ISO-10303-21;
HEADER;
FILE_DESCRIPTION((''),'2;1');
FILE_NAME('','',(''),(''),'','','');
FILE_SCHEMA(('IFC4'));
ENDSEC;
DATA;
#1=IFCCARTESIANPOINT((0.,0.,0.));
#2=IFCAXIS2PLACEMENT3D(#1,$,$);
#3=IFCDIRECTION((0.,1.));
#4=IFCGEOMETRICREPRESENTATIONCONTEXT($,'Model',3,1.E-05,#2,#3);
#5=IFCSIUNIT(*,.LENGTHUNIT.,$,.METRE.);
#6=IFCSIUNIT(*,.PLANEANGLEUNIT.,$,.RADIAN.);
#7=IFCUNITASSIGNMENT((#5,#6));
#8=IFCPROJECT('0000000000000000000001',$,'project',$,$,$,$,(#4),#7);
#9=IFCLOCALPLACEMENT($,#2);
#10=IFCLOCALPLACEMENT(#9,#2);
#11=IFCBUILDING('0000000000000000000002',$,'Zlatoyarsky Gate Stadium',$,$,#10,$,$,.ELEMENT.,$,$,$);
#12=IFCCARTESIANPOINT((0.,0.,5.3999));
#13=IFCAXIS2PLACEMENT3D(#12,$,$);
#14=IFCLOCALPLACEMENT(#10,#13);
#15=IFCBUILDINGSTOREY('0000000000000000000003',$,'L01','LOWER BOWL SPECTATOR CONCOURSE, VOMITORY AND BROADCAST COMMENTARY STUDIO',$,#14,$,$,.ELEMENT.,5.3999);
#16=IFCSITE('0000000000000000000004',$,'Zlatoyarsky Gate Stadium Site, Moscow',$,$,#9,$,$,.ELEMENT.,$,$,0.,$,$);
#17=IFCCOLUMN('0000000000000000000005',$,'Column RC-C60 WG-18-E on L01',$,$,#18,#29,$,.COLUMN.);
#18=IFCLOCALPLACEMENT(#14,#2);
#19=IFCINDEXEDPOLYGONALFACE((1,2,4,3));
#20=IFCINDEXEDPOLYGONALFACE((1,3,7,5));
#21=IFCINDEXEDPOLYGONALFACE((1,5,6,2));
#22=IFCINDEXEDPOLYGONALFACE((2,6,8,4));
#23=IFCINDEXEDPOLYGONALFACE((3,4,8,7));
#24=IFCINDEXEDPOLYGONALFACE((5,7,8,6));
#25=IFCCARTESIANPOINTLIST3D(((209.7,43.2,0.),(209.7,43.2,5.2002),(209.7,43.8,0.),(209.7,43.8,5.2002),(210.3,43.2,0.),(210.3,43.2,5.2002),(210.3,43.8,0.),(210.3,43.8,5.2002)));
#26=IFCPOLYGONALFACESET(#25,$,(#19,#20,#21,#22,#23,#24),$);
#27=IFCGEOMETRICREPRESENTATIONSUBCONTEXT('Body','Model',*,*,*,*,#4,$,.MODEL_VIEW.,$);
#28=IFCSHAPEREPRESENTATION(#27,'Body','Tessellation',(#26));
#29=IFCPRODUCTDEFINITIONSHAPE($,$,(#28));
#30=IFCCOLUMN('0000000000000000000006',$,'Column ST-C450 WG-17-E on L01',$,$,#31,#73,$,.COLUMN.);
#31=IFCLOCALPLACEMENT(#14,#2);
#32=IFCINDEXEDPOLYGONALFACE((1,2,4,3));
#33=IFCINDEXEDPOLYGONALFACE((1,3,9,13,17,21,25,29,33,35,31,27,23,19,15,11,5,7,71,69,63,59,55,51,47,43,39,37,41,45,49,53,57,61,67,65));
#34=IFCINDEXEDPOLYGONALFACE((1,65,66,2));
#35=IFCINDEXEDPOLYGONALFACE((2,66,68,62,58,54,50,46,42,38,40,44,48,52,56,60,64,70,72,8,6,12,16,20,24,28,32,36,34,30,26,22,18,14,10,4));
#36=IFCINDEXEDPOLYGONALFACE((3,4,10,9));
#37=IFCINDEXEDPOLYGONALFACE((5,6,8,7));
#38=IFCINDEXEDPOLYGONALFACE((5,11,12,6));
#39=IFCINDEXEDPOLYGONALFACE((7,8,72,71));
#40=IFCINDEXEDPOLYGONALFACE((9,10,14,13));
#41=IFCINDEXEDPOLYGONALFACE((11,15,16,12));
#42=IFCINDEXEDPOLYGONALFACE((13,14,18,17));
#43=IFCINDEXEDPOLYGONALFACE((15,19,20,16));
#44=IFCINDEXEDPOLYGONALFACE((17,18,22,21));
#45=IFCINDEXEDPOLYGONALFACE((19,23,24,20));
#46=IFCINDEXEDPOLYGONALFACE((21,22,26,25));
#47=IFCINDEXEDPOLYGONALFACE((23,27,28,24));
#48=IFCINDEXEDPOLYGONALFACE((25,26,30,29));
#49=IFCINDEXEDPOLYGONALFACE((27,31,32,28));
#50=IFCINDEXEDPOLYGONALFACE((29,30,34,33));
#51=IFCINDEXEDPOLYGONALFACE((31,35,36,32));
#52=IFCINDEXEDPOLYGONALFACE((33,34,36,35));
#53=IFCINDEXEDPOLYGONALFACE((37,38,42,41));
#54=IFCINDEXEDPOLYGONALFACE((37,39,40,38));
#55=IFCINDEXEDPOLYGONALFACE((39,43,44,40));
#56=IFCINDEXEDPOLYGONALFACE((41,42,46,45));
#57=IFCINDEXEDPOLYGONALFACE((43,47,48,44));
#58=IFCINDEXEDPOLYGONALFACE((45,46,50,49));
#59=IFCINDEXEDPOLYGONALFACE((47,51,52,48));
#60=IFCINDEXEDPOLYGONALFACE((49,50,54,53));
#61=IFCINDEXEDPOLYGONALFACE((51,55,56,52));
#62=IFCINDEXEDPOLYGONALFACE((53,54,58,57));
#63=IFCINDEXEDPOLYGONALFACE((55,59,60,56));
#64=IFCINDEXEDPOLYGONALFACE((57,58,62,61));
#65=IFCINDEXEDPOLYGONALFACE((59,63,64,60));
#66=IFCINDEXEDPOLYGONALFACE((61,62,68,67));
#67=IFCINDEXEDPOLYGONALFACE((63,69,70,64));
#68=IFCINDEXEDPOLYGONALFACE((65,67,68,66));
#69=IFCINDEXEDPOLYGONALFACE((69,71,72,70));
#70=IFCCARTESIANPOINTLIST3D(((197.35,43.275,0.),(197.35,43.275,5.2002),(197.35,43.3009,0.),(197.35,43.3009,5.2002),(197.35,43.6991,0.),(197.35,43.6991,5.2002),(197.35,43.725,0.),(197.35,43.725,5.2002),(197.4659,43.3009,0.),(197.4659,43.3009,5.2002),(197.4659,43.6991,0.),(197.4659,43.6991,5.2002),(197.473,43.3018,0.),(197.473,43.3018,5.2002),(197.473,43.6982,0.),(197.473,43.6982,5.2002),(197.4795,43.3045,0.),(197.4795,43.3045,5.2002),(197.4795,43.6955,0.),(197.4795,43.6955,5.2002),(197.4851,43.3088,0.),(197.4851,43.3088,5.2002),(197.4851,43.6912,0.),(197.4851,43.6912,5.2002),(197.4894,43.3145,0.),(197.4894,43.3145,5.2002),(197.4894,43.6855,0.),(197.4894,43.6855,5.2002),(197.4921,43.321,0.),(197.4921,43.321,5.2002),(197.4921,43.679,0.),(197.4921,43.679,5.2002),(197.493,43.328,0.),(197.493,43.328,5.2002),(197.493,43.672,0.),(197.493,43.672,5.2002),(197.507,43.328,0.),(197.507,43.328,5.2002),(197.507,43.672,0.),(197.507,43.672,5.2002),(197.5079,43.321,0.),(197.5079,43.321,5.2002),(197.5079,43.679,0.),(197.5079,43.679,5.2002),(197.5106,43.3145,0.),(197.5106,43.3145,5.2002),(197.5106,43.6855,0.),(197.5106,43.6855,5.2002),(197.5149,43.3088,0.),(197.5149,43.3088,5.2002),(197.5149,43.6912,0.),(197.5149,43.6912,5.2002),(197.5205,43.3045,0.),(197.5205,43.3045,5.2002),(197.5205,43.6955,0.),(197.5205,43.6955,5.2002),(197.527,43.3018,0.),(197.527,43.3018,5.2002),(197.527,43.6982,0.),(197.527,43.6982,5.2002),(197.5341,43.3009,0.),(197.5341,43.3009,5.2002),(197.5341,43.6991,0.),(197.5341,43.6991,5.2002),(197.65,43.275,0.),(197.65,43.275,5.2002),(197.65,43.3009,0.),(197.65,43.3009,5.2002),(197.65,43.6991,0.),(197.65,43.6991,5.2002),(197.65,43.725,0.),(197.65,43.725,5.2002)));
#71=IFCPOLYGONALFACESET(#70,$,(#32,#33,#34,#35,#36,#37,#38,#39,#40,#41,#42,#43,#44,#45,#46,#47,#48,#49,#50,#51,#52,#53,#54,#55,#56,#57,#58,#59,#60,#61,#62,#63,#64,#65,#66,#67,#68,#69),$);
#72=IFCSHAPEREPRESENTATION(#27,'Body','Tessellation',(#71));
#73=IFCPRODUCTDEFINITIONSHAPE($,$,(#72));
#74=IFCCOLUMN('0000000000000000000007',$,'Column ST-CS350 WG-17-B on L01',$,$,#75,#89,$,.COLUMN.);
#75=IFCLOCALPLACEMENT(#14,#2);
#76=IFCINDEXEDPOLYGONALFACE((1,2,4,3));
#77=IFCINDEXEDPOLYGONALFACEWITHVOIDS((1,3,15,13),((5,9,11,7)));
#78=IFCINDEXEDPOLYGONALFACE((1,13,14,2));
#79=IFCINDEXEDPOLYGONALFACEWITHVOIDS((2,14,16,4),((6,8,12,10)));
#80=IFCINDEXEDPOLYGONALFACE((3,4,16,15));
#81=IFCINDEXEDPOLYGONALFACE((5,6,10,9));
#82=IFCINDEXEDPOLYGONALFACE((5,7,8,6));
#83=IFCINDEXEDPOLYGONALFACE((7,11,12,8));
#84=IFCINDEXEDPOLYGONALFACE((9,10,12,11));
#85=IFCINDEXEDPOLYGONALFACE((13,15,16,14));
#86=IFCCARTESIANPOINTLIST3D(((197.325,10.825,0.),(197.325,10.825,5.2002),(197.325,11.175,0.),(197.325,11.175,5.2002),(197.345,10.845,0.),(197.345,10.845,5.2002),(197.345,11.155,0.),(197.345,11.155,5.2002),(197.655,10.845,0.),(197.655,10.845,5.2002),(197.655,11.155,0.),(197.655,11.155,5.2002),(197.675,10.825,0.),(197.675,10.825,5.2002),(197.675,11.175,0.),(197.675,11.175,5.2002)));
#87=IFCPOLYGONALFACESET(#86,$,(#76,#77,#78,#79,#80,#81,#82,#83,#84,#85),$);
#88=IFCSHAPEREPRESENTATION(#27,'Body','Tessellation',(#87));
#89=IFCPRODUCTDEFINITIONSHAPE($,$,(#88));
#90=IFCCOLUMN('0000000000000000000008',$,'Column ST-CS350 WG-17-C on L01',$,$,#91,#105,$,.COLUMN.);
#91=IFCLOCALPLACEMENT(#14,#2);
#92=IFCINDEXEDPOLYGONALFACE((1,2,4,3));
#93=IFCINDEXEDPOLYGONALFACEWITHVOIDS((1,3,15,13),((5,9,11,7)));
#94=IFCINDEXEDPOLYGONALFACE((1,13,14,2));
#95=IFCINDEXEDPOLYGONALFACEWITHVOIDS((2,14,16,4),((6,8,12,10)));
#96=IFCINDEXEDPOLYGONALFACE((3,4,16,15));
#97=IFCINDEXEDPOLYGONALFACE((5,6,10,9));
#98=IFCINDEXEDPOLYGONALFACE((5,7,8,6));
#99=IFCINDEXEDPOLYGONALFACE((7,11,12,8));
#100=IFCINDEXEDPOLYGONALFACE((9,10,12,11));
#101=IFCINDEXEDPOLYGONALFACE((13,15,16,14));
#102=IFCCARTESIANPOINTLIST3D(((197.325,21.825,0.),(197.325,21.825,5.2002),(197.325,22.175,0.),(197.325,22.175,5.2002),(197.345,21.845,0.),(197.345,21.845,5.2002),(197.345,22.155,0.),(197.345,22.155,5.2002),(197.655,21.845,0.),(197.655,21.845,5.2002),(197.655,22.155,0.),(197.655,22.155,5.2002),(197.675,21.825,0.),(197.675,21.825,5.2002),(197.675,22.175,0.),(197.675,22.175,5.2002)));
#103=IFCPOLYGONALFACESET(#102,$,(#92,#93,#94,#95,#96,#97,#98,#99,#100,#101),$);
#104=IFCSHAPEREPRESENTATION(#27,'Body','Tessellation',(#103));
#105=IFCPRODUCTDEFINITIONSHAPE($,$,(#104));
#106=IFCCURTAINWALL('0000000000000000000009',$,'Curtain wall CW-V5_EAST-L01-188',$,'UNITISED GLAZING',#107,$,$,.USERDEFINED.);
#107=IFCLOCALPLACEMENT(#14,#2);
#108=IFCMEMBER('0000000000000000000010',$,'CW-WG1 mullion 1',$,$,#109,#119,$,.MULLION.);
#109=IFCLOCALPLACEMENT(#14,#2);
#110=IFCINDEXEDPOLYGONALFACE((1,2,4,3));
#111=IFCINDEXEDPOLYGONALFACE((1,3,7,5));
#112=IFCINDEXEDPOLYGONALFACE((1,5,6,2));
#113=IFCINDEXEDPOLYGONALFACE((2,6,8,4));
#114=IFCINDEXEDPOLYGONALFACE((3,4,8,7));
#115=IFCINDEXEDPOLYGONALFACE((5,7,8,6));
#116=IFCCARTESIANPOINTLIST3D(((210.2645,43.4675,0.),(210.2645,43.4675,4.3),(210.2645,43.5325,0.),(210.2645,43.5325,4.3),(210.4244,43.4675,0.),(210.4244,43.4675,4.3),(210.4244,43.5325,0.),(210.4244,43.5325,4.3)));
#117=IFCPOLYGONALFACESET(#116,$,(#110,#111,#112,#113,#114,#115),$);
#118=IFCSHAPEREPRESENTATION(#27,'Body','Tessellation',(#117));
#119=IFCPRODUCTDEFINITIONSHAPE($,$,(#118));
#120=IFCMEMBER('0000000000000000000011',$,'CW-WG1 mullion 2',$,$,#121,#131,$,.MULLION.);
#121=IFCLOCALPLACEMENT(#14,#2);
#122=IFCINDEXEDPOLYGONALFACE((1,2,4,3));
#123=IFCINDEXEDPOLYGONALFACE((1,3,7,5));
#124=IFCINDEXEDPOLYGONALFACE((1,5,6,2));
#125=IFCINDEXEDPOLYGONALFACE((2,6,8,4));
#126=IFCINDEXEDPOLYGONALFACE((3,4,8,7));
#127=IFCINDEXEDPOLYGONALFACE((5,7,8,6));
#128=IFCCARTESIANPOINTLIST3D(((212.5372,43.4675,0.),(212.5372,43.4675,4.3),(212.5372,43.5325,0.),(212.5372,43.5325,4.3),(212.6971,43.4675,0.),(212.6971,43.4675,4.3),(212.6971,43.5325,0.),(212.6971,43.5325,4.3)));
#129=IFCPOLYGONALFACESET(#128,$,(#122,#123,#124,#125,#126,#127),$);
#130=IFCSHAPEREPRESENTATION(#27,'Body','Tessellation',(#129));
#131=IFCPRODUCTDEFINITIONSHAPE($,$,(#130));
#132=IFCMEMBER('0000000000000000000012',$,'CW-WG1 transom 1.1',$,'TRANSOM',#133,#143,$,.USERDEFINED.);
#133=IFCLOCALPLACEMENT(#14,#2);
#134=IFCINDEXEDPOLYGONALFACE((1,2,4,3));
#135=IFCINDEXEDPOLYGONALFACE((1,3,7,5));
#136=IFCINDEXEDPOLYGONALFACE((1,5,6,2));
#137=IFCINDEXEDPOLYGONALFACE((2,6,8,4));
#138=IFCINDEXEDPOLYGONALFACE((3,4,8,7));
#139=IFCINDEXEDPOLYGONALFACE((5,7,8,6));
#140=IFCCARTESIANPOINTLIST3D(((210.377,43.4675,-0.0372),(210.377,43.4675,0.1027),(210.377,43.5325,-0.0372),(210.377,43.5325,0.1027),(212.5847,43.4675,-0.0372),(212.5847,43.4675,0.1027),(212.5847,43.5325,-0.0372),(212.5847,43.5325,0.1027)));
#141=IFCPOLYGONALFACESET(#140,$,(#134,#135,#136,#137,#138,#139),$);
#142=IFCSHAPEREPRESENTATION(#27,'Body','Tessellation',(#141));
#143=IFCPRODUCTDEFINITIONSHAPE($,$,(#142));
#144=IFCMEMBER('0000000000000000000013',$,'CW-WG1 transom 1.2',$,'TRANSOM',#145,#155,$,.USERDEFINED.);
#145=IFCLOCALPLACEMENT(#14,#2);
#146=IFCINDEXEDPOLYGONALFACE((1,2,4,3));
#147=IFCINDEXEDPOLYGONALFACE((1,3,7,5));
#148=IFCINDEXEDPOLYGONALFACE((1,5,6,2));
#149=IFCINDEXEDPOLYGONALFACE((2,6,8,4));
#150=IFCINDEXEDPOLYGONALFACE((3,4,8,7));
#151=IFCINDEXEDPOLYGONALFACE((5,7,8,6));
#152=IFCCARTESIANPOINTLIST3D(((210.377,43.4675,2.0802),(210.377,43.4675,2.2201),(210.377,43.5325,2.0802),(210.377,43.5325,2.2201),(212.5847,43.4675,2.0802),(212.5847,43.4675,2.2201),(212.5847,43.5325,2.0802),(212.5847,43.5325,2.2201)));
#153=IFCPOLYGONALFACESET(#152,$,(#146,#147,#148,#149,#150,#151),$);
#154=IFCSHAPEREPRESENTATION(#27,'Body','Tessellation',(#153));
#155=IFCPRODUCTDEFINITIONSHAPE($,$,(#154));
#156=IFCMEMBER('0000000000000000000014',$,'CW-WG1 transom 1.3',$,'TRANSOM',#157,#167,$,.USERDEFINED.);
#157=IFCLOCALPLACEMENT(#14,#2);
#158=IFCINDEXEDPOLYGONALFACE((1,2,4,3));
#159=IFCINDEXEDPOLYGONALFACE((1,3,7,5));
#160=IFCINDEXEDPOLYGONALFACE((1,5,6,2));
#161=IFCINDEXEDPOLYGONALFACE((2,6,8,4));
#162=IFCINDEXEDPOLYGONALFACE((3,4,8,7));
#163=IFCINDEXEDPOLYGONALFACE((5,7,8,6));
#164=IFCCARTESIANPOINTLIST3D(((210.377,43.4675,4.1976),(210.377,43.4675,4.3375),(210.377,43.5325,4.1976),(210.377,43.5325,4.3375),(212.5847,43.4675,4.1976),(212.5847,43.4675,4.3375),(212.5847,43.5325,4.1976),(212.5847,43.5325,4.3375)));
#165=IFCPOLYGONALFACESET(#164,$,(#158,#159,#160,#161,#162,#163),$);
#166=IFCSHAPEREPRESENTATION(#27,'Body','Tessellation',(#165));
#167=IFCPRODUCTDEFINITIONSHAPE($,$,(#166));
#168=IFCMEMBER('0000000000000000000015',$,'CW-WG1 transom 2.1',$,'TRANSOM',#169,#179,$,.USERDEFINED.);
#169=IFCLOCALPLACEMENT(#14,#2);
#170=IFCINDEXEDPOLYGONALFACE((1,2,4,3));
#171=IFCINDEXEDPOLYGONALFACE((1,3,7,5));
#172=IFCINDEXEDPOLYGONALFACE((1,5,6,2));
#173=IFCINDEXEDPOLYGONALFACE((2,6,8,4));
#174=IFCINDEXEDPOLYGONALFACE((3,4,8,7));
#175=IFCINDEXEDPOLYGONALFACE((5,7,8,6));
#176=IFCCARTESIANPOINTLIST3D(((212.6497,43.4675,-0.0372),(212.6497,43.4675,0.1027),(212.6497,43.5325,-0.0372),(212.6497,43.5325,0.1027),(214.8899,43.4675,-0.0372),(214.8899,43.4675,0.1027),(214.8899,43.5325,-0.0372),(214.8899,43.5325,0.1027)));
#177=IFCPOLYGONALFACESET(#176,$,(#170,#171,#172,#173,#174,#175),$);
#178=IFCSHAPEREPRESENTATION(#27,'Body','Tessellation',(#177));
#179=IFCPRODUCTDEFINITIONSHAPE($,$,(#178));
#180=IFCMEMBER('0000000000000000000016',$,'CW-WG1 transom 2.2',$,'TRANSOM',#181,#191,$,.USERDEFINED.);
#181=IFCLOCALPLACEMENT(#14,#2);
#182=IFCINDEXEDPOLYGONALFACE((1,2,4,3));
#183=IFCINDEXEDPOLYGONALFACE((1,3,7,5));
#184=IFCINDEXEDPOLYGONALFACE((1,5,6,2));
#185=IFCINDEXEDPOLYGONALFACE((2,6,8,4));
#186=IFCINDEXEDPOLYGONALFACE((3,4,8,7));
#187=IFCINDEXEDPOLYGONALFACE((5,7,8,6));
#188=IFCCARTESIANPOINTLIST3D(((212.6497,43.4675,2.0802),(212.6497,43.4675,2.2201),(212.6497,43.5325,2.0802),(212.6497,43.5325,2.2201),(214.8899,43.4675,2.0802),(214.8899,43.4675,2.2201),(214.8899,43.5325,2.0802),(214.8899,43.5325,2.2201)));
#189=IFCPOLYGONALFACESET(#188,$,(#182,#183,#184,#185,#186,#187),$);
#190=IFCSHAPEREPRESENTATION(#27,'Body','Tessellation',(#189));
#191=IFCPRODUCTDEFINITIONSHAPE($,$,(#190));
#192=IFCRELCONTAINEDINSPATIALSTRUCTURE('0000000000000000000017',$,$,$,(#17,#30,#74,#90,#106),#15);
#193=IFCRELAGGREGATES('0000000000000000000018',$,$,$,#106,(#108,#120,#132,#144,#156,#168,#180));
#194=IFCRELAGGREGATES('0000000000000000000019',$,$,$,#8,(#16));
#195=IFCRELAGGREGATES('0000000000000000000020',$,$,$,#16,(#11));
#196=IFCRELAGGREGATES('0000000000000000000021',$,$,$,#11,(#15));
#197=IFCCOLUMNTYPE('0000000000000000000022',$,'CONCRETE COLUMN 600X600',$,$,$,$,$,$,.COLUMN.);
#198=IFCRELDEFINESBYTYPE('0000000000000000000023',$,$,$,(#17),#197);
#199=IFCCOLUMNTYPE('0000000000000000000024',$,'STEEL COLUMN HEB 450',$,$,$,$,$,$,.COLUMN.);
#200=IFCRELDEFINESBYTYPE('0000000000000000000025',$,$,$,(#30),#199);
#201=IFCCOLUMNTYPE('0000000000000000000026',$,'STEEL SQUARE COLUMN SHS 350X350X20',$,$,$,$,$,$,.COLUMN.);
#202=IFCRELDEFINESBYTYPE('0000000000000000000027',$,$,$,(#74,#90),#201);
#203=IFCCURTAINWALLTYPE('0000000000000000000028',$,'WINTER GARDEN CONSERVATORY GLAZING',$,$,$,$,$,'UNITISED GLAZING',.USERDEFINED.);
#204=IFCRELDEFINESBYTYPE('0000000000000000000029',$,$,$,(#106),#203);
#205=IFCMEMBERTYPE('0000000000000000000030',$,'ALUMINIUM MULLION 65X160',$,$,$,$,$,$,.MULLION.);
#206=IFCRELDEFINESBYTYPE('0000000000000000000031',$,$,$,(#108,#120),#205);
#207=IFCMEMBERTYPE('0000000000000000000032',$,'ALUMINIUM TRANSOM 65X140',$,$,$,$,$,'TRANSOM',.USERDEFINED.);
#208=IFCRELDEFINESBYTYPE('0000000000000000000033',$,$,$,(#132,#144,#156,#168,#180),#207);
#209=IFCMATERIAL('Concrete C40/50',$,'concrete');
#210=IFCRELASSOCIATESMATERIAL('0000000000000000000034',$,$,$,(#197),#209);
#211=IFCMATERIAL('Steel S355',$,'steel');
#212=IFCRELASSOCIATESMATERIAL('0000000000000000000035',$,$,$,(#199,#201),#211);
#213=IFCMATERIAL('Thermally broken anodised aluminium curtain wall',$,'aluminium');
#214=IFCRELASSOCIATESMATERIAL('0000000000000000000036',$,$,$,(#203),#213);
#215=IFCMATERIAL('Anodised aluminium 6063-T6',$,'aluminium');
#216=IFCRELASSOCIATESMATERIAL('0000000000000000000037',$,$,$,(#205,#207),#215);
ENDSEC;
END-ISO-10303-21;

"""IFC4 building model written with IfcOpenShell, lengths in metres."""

from ifc_helpers import new_model, si_unit, direction, frame, origin, origin_2d, place, context, subcontext, project, spatial, rectangle, hollow_rectangle, i_section, extrude, material, material_profile, profile_set, type_object, element, aggregate, save


model = new_model("IFC4")

# Units and contexts
model_context = context("Model", 3, precision=1e-05, world=origin(), true_north=direction((0.0, 1.0)))
body_context = subcontext(model_context, "Body", "Model", "MODEL_VIEW")
ifc_project = project(units=[si_unit("LENGTHUNIT", "METRE"), si_unit("PLANEANGLEUNIT", "RADIAN")], contexts=[model_context])

# Site, building, storey
site_placement = place(None, origin())
site = spatial("IfcSite", under=ifc_project, at=site_placement, Name="Zlatoyarsky Gate Stadium Site, Moscow", CompositionType="ELEMENT", RefElevation=0.0)
building_placement = place(site_placement, origin())
building = spatial("IfcBuilding", under=site, at=building_placement, Name="Zlatoyarsky Gate Stadium", CompositionType="ELEMENT")
storey_placement = place(building_placement, frame((0.0, 0.0, 5.3999)))
storey = spatial("IfcBuildingStorey", under=building, at=storey_placement, Name="L01", Description="LOWER BOWL SPECTATOR CONCOURSE, VOMITORY AND BROADCAST COMMENTARY STUDIO", CompositionType="ELEMENT", Elevation=5.3999)

# Columns
ifc_material_1 = material(Name="Concrete C40/50", Category="concrete")
ifc_material_profile_1 = material_profile(ifc_material_1, rectangle(XDim=0.6001, YDim=0.6001, at=origin_2d()), Name="RC COL 600X600")
ifc_profile_set_1 = profile_set([ifc_material_profile_1], Name="Concrete C40/50")
column_type_1 = type_object("IfcColumnType", Name="CONCRETE COLUMN 600X600", PredefinedType="COLUMN", material=ifc_profile_set_1)
column_1_placement = place(storey_placement, frame((210.0, 43.5, 0.0), z_axis=(0.0, 0.0, 1.0), x_axis=(1.0, 0.0, 0.0)))
element("IfcColumn", 1, at=column_1_placement, inside=storey, type_object=column_type_1, Name="Column RC-C60 WG-18-E on L01", PredefinedType="COLUMN", context=body_context, shape_type="SweptSolid", body=[
    extrude(rectangle(XDim=0.6001, YDim=0.6001, at=origin_2d()), origin(), (0.0, 0.0, 1.0), 5.2002),
])
ifc_material_2 = material(Name="Steel S355", Category="steel")
ifc_material_profile_2 = material_profile(ifc_material_2, i_section(OverallWidth=0.3, OverallDepth=0.45, WebThickness=0.0139, FlangeThickness=0.0259, FilletRadius=0.0271, at=origin_2d()), Name="HEB 450")
ifc_profile_set_2 = profile_set([ifc_material_profile_2], Name="Steel S355")
column_type_2 = type_object("IfcColumnType", Name="STEEL COLUMN HEB 450", PredefinedType="COLUMN", material=ifc_profile_set_2)
column_2_placement = place(storey_placement, frame((197.5, 43.5, 0.0), z_axis=(0.0, 0.0, 1.0), x_axis=(1.0, 0.0, 0.0)))
element("IfcColumn", 2, at=column_2_placement, inside=storey, type_object=column_type_2, Name="Column ST-C450 WG-17-E on L01", PredefinedType="COLUMN", context=body_context, shape_type="SweptSolid", body=[
    extrude(i_section(OverallWidth=0.3, OverallDepth=0.45, WebThickness=0.0139, FlangeThickness=0.0259, FilletRadius=0.0271, at=origin_2d()), origin(), (0.0, 0.0, 1.0), 5.2002),
])
ifc_material_profile_3 = material_profile(ifc_material_2, hollow_rectangle(XDim=0.3501, YDim=0.3501, WallThickness=0.02, at=origin_2d()), Name="SHS 350X350X20")
ifc_profile_set_3 = profile_set([ifc_material_profile_3], Name="Steel S355")
column_type_3 = type_object("IfcColumnType", Name="STEEL SQUARE COLUMN SHS 350X350X20", PredefinedType="COLUMN", material=ifc_profile_set_3)
for number, where, z_axis, x_axis, name in (
    (3, (197.5, 11.0, 0.0), (0.0, 0.0, 1.0), (1.0, 0.0, 0.0), "Column ST-CS350 WG-17-B on L01"),
    (4, (197.5, 22.0, 0.0), (0.0, 0.0, 1.0), (1.0, 0.0, 0.0), "Column ST-CS350 WG-17-C on L01"),
):
    element("IfcColumn", number, at=place(storey_placement, frame(where, z_axis=z_axis, x_axis=x_axis)), inside=storey, type_object=column_type_3, Name=name, PredefinedType="COLUMN", context=body_context, shape_type="SweptSolid", body=[
        extrude(hollow_rectangle(XDim=0.3501, YDim=0.3501, WallThickness=0.02, at=origin_2d()), origin(), (0.0, 0.0, 1.0), 5.2002),
    ])

# Curtain wall, members
ifc_material_3 = material(Name="Thermally broken anodised aluminium curtain wall", Category="aluminium")
curtain_wall_type_1 = type_object("IfcCurtainWallType", Name="WINTER GARDEN CONSERVATORY GLAZING", ElementType="UNITISED GLAZING", PredefinedType="USERDEFINED", material=ifc_material_3)
curtain_wall_1_placement = place(storey_placement, origin())
curtain_wall_1 = element("IfcCurtainWall", 5, at=curtain_wall_1_placement, inside=storey, type_object=curtain_wall_type_1, Name="Curtain wall CW-V5_EAST-L01-188", ObjectType="UNITISED GLAZING", PredefinedType="USERDEFINED")
ifc_material_4 = material(Name="Anodised aluminium 6063-T6", Category="aluminium")
ifc_material_profile_4 = material_profile(ifc_material_4, rectangle(XDim=0.0649, YDim=0.1599, at=origin_2d()), Name="ALU 65X160")
ifc_profile_set_4 = profile_set([ifc_material_profile_4], Name="Anodised aluminium 6063-T6")
member_type_1 = type_object("IfcMemberType", Name="ALUMINIUM MULLION 65X160", PredefinedType="MULLION", material=ifc_profile_set_4)
member_1_placement = place(storey_placement, frame((210.3445, 43.5, 0.0), z_axis=(0.0, 0.0, 1.0), x_axis=(0.0, 1.0, 0.0)))
member_1 = element("IfcMember", 6, at=member_1_placement, type_object=member_type_1, Name="CW-WG1 mullion 1", PredefinedType="MULLION", context=body_context, shape_type="SweptSolid", body=[
    extrude(rectangle(XDim=0.0649, YDim=0.1599, at=origin_2d()), origin(), (0.0, 0.0, 1.0), 4.3),
])
member_2_placement = place(storey_placement, frame((212.6172, 43.5, 0.0), z_axis=(0.0, 0.0, 1.0), x_axis=(0.0, 1.0, 0.0)))
member_2 = element("IfcMember", 7, at=member_2_placement, type_object=member_type_1, Name="CW-WG1 mullion 2", PredefinedType="MULLION", context=body_context, shape_type="SweptSolid", body=[
    extrude(rectangle(XDim=0.0649, YDim=0.1599, at=origin_2d()), origin(), (0.0, 0.0, 1.0), 4.3),
])
ifc_material_profile_5 = material_profile(ifc_material_4, rectangle(XDim=0.0649, YDim=0.1399, at=origin_2d()), Name="ALU 65X140")
ifc_profile_set_5 = profile_set([ifc_material_profile_5], Name="Anodised aluminium 6063-T6")
member_type_2 = type_object("IfcMemberType", Name="ALUMINIUM TRANSOM 65X140", ElementType="TRANSOM", PredefinedType="USERDEFINED", material=ifc_profile_set_5)
member_3_placement = place(storey_placement, frame((210.377, 43.5, 0.0327), z_axis=(1.0, 0.0, 0.0), x_axis=(0.0, 1.0, 0.0)))
member_3 = element("IfcMember", 8, at=member_3_placement, type_object=member_type_2, Name="CW-WG1 transom 1.1", ObjectType="TRANSOM", PredefinedType="USERDEFINED", context=body_context, shape_type="SweptSolid", body=[
    extrude(rectangle(XDim=0.0649, YDim=0.1399, at=origin_2d()), origin(), (0.0, 0.0, 1.0), 2.2078),
])
member_4_placement = place(storey_placement, frame((210.377, 43.5, 2.1501), z_axis=(1.0, 0.0, 0.0), x_axis=(0.0, 1.0, 0.0)))
member_4 = element("IfcMember", 9, at=member_4_placement, type_object=member_type_2, Name="CW-WG1 transom 1.2", ObjectType="TRANSOM", PredefinedType="USERDEFINED", context=body_context, shape_type="SweptSolid", body=[
    extrude(rectangle(XDim=0.0649, YDim=0.1399, at=origin_2d()), origin(), (0.0, 0.0, 1.0), 2.2078),
])
member_5_placement = place(storey_placement, frame((210.377, 43.5, 4.2676), z_axis=(1.0, 0.0, 0.0), x_axis=(0.0, 1.0, 0.0)))
member_5 = element("IfcMember", 10, at=member_5_placement, type_object=member_type_2, Name="CW-WG1 transom 1.3", ObjectType="TRANSOM", PredefinedType="USERDEFINED", context=body_context, shape_type="SweptSolid", body=[
    extrude(rectangle(XDim=0.0649, YDim=0.1399, at=origin_2d()), origin(), (0.0, 0.0, 1.0), 2.2078),
])
member_6_placement = place(storey_placement, frame((212.6497, 43.5, 0.0327), z_axis=(1.0, 0.0, 0.0), x_axis=(0.0, 1.0, 0.0)))
member_6 = element("IfcMember", 11, at=member_6_placement, type_object=member_type_2, Name="CW-WG1 transom 2.1", ObjectType="TRANSOM", PredefinedType="USERDEFINED", context=body_context, shape_type="SweptSolid", body=[
    extrude(rectangle(XDim=0.0649, YDim=0.1399, at=origin_2d()), origin(), (0.0, 0.0, 1.0), 2.2402),
])
member_7_placement = place(storey_placement, frame((212.6497, 43.5, 2.1501), z_axis=(1.0, 0.0, 0.0), x_axis=(0.0, 1.0, 0.0)))
member_7 = element("IfcMember", 12, at=member_7_placement, type_object=member_type_2, Name="CW-WG1 transom 2.2", ObjectType="TRANSOM", PredefinedType="USERDEFINED", context=body_context, shape_type="SweptSolid", body=[
    extrude(rectangle(XDim=0.0649, YDim=0.1399, at=origin_2d()), origin(), (0.0, 0.0, 1.0), 2.2402),
])

aggregate(curtain_wall_1, [member_1, member_2, member_3, member_4, member_5, member_6, member_7])

save(model, "model.ifc")
